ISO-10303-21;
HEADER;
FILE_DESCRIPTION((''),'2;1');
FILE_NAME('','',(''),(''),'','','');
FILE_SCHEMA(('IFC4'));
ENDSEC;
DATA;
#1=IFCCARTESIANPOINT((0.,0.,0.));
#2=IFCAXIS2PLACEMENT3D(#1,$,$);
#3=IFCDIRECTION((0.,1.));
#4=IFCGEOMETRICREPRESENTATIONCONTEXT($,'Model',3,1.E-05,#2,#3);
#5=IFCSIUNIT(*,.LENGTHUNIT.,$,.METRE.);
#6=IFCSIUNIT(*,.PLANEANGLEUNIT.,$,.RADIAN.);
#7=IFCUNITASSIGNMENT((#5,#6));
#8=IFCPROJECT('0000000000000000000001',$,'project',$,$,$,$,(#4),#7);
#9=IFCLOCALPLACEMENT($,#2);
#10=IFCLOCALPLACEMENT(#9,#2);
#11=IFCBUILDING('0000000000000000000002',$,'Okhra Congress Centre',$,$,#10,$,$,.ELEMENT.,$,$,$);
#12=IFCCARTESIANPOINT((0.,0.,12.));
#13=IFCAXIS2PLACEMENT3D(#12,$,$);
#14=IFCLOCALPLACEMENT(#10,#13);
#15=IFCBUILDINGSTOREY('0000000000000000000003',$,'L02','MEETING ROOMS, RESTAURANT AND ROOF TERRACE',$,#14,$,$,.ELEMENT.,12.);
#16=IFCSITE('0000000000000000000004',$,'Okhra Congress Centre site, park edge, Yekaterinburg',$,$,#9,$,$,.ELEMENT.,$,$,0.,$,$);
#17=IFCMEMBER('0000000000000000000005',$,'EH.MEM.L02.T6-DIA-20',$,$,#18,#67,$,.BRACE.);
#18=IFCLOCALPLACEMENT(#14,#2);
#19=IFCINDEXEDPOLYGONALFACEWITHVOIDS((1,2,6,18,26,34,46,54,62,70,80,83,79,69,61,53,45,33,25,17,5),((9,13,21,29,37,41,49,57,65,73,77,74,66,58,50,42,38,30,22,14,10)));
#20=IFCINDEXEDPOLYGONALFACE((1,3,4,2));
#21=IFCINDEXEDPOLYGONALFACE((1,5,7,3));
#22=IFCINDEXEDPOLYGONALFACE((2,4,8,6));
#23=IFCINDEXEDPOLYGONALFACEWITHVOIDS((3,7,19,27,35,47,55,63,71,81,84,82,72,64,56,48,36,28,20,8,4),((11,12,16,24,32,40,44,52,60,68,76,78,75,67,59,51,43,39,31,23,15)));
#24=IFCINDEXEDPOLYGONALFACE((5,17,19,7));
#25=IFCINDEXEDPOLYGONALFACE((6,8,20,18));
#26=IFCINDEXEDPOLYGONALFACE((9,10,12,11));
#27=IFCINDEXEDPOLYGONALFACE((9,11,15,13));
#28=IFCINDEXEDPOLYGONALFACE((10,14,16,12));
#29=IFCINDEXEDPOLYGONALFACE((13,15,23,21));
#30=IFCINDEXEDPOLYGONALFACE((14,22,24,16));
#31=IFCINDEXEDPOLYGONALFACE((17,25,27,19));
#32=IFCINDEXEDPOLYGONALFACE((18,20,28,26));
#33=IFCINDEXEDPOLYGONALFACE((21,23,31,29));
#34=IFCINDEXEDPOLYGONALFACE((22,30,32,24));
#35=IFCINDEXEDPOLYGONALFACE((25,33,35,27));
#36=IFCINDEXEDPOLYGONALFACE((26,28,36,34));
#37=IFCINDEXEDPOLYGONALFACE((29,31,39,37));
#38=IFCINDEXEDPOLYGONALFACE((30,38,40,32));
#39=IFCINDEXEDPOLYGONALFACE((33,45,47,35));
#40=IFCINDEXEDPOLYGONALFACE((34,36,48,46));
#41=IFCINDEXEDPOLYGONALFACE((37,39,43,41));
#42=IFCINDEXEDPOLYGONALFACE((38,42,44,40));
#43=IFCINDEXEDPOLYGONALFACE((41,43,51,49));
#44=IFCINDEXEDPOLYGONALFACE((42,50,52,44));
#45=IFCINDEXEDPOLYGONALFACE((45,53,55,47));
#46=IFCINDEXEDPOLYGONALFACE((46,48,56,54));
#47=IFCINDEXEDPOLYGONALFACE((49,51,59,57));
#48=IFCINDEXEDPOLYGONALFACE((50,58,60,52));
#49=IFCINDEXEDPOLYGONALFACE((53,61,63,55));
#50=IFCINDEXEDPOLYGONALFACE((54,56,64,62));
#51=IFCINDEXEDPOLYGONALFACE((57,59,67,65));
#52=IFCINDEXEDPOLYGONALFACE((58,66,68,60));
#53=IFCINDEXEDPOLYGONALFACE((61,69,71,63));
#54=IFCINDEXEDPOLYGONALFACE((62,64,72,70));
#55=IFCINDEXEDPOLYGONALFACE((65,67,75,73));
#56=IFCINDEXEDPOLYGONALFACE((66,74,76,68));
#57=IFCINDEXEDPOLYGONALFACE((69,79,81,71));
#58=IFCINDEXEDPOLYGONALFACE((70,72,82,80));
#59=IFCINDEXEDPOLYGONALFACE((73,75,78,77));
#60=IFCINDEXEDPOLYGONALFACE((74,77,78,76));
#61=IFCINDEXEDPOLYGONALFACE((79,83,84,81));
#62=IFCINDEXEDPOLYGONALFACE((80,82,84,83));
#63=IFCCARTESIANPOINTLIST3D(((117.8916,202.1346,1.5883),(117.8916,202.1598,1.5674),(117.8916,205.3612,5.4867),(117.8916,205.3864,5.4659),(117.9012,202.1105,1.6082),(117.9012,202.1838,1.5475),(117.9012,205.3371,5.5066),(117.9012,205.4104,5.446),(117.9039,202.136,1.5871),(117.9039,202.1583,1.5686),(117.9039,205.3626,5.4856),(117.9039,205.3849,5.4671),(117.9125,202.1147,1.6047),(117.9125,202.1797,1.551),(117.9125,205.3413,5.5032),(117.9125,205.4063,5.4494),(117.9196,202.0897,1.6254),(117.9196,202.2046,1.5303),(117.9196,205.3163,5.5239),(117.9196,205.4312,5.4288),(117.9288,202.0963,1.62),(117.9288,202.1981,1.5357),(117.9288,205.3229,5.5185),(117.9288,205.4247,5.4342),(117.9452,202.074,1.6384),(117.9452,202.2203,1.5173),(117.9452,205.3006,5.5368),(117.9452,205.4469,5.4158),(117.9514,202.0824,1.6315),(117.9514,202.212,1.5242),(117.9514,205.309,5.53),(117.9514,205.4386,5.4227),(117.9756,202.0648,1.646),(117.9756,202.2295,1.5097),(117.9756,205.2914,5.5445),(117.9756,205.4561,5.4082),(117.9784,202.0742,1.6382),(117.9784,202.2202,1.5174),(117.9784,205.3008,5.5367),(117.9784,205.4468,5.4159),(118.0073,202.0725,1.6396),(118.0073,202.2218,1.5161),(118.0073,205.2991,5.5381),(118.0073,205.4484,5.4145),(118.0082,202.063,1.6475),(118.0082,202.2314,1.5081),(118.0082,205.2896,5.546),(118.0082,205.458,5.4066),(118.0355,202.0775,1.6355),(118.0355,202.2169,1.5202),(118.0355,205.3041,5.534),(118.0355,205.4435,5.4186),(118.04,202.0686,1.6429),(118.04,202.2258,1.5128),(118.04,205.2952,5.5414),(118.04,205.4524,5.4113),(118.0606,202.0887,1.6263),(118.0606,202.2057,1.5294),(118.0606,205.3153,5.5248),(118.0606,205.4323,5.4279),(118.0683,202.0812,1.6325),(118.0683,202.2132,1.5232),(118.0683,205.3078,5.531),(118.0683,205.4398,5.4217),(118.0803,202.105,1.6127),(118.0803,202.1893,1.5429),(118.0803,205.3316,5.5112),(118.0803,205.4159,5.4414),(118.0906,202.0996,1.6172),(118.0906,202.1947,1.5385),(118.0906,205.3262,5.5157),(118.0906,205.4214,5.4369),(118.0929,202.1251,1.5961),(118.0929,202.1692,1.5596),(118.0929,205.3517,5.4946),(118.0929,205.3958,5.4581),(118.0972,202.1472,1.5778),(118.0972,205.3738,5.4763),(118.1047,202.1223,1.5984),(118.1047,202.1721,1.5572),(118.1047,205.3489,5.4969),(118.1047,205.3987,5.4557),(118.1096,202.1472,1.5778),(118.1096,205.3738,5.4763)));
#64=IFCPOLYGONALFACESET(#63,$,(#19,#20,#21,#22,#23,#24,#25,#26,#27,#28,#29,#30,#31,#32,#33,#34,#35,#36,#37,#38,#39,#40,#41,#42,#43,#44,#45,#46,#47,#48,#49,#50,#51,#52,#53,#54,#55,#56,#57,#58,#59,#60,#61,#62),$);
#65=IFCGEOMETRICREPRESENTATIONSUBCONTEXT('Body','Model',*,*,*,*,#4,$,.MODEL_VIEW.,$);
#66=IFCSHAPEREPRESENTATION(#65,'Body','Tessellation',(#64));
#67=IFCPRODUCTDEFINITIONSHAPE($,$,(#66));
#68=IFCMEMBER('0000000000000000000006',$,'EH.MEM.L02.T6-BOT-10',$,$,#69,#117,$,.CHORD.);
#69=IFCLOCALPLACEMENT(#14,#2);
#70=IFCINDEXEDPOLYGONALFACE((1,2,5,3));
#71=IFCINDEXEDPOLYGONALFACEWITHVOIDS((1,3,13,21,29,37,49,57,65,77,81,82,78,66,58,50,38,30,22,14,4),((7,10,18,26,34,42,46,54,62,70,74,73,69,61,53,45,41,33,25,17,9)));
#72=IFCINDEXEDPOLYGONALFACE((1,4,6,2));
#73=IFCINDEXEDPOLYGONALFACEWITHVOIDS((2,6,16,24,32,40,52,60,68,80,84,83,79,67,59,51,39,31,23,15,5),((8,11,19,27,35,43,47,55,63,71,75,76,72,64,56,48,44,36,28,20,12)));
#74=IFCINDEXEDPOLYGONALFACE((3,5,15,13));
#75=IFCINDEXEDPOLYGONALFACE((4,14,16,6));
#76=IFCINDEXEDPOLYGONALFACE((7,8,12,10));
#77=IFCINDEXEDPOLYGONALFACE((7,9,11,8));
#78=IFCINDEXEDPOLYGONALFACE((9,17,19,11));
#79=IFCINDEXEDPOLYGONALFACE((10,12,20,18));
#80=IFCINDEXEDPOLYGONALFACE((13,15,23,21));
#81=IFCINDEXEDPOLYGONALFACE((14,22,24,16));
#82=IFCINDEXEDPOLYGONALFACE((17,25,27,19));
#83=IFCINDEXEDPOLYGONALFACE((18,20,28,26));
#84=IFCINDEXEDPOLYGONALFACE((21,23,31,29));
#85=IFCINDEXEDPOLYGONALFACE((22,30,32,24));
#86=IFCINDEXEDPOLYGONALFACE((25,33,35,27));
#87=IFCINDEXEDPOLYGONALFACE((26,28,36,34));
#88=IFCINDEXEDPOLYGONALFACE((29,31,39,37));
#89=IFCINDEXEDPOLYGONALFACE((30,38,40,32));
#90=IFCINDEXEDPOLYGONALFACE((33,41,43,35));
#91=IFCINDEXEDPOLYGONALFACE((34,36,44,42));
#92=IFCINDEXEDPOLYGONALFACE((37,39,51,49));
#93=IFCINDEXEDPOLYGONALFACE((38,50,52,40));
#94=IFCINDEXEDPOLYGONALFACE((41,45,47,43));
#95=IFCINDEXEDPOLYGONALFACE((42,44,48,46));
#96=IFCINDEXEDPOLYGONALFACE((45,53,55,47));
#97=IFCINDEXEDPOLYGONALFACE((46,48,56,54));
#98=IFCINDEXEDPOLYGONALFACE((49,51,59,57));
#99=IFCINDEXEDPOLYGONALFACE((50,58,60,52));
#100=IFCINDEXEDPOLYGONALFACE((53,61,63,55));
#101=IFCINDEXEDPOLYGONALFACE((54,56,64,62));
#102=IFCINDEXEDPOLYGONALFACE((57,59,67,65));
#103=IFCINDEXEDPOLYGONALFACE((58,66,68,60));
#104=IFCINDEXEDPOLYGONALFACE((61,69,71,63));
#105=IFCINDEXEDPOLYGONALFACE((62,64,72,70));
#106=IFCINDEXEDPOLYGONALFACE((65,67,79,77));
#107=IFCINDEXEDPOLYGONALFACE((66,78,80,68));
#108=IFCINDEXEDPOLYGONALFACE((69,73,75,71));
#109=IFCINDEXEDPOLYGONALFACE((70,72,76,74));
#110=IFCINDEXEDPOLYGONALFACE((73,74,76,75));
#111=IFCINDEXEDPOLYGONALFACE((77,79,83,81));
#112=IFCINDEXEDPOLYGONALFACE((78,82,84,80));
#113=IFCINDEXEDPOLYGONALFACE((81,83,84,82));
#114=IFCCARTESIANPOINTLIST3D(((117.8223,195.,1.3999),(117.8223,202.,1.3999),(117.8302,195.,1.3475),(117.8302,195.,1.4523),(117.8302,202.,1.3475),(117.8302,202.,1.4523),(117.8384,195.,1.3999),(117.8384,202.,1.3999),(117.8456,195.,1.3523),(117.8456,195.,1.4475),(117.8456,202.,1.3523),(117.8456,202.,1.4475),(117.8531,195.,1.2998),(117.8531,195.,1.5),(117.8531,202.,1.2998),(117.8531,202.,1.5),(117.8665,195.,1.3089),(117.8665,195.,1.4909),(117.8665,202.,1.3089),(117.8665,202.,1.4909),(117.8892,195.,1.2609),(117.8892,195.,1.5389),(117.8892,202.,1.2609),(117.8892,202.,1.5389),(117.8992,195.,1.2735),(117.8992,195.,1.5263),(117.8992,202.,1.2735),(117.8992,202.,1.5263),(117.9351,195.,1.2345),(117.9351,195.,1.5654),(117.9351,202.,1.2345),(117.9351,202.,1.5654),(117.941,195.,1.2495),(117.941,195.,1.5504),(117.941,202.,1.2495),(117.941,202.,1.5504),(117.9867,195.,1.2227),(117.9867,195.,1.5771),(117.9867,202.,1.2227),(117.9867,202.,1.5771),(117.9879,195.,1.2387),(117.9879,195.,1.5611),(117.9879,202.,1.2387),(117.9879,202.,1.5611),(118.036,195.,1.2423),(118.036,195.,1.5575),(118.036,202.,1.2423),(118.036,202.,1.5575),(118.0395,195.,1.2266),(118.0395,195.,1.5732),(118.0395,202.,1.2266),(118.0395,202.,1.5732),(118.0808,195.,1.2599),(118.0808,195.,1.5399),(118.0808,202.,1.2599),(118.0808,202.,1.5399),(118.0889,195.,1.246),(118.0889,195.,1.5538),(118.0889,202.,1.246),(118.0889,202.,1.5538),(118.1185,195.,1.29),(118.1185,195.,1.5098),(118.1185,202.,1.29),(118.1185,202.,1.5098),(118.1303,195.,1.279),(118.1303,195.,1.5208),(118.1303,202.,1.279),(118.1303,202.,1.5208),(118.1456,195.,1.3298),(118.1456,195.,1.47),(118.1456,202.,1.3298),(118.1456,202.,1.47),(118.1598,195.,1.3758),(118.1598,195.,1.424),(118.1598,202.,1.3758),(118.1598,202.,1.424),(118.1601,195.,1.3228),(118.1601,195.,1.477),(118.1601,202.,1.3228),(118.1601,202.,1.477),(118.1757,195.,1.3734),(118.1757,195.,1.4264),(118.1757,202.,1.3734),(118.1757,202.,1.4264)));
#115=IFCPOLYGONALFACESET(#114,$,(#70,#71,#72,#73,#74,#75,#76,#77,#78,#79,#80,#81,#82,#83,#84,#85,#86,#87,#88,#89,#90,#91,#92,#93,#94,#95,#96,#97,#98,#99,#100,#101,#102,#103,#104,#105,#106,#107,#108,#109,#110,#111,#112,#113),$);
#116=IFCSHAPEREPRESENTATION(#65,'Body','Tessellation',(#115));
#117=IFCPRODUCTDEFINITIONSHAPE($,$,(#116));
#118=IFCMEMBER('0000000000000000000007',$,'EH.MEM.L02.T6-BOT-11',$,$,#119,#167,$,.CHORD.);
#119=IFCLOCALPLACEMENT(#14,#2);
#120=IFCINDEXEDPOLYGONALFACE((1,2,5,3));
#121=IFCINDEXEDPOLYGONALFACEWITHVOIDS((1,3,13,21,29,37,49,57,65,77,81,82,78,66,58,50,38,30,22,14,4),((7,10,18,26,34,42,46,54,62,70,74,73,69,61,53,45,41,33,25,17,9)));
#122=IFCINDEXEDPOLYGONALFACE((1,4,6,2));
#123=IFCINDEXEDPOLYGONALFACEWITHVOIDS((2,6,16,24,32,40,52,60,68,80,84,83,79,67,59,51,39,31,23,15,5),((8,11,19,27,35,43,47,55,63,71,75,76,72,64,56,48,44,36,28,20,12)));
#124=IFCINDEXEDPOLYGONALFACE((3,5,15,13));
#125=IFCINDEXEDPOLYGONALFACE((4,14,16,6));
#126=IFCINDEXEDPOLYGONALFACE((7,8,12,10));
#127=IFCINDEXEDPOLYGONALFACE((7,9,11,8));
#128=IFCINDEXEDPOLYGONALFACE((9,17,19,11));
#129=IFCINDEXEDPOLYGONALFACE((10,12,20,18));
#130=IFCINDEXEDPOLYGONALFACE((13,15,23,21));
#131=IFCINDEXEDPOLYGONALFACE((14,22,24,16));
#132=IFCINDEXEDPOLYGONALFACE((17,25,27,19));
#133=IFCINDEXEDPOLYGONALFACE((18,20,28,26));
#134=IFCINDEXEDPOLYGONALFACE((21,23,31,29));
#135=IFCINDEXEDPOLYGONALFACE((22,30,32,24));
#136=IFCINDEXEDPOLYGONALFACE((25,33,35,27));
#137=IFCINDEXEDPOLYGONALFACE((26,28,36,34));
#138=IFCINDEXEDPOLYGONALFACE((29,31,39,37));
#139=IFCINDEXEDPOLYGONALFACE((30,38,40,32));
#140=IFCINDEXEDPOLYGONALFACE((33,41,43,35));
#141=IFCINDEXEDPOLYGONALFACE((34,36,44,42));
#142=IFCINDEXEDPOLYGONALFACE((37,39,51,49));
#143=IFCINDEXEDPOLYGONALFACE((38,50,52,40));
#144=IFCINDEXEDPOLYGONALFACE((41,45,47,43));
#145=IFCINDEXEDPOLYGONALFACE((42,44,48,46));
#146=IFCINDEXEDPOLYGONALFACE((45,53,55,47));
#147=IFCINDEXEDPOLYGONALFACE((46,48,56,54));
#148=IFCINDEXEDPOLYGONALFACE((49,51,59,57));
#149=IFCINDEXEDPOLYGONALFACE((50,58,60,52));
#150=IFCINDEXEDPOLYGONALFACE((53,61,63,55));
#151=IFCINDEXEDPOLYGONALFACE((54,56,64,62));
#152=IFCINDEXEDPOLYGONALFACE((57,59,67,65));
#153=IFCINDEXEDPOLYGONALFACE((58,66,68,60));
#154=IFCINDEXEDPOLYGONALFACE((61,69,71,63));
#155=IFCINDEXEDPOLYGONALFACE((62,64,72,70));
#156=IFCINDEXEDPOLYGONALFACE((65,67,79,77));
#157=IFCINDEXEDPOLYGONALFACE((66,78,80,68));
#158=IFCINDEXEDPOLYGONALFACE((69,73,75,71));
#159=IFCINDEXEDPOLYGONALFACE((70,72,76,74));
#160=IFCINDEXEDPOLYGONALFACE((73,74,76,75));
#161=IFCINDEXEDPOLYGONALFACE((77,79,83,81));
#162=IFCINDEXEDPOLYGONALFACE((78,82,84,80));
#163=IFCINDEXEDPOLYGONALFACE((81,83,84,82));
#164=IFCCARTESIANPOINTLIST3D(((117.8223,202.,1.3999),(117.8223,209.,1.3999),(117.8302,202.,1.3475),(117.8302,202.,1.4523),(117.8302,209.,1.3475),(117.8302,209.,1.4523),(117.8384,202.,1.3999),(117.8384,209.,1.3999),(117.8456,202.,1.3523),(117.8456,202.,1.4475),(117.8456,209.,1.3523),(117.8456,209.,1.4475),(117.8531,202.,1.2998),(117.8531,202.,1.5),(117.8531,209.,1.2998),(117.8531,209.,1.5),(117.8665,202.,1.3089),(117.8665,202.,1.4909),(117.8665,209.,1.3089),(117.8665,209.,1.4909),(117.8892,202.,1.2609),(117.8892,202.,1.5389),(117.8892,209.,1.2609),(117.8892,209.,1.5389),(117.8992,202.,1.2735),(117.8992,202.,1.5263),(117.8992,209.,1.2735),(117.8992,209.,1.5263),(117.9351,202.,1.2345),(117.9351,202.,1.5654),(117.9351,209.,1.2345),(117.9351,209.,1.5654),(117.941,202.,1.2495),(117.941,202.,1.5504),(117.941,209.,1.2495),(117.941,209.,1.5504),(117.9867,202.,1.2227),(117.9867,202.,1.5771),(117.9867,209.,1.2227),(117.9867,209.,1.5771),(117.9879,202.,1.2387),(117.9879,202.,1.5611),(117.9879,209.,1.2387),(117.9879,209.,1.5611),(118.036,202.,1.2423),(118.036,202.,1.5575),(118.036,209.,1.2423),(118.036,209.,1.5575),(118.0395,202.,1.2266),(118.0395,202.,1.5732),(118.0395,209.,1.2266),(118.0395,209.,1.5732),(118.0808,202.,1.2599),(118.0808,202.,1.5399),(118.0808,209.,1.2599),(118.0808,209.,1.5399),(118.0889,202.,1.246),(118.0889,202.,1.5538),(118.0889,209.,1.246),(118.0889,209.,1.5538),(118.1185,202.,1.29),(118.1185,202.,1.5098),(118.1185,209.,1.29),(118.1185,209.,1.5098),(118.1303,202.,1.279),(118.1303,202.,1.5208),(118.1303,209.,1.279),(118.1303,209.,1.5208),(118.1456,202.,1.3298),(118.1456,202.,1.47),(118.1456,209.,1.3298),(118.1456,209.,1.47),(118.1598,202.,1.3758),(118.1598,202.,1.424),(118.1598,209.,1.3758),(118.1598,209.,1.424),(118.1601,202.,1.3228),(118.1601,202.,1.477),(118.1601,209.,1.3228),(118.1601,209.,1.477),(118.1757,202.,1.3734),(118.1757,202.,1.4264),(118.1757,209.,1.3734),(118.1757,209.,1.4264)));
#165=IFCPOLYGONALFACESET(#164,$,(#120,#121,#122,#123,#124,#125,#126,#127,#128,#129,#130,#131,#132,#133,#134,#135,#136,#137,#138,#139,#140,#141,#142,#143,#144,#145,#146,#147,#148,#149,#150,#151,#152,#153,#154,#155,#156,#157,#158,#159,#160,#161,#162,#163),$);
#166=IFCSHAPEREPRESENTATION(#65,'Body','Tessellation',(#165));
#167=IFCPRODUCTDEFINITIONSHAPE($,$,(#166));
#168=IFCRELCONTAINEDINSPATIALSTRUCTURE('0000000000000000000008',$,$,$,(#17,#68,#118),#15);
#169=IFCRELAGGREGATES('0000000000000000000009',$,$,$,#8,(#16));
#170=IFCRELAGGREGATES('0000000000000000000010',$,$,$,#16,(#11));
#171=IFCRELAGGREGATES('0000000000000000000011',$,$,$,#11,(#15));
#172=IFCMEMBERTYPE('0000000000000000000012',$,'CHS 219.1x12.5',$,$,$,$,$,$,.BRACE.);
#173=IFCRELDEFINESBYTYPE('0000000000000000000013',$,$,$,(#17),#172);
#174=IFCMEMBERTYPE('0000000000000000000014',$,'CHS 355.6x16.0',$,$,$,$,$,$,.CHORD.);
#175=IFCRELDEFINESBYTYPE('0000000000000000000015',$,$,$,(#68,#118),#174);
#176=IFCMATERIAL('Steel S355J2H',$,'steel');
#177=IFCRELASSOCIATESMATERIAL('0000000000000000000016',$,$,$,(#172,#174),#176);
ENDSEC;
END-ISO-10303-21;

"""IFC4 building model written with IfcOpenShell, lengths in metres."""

from ifc_helpers import new_model, si_unit, direction, frame, origin, origin_2d, place, context, subcontext, project, spatial, hollow_circle, extrude, material, material_profile, profile_set, type_object, element, save


model = new_model("IFC4")

# Units and contexts
model_context = context("Model", 3, precision=1e-05, world=origin(), true_north=direction((0.0, 1.0)))
body_context = subcontext(model_context, "Body", "Model", "MODEL_VIEW")
ifc_project = project(units=[si_unit("LENGTHUNIT", "METRE"), si_unit("PLANEANGLEUNIT", "RADIAN")], contexts=[model_context])

# Site, building, storey
site_placement = place(None, origin())
site = spatial("IfcSite", under=ifc_project, at=site_placement, Name="Okhra Congress Centre site, park edge, Yekaterinburg", CompositionType="ELEMENT", RefElevation=0.0)
building_placement = place(site_placement, origin())
building = spatial("IfcBuilding", under=site, at=building_placement, Name="Okhra Congress Centre", CompositionType="ELEMENT")
storey_placement = place(building_placement, frame((0.0, 0.0, 12.0)))
storey = spatial("IfcBuildingStorey", under=building, at=storey_placement, Name="L02", Description="MEETING ROOMS, RESTAURANT AND ROOF TERRACE", CompositionType="ELEMENT", Elevation=12.0)

# Members
ifc_material_1 = material(Name="Steel S355J2H", Category="steel")
ifc_material_profile_1 = material_profile(ifc_material_1, hollow_circle(Radius=0.1096, WallThickness=0.0125, at=origin_2d()), Name="CHS 219.1x12.5")
ifc_profile_set_1 = profile_set([ifc_material_profile_1], Name="Steel S355J2H")
member_type_1 = type_object("IfcMemberType", Name="CHS 219.1x12.5", PredefinedType="BRACE", material=ifc_profile_set_1)
member_1_placement = place(storey_placement, frame((118.0, 205.3738, 5.4763), z_axis=(0.0, -0.637599, -0.770368), x_axis=(1.0, 0.0, 0.0)))
element("IfcMember", 1, at=member_1_placement, inside=storey, type_object=member_type_1, Name="EH.MEM.L02.T6-DIA-20", PredefinedType="BRACE", context=body_context, shape_type="SweptSolid", body=[
    extrude(hollow_circle(Radius=0.1096, WallThickness=0.0125, at=origin_2d()), origin(), (0.0, 0.0, 1.0), 5.0605),
])
ifc_material_profile_2 = material_profile(ifc_material_1, hollow_circle(Radius=0.1777, WallThickness=0.0161, at=origin_2d()), Name="CHS 355.6x16.0")
ifc_profile_set_2 = profile_set([ifc_material_profile_2], Name="Steel S355J2H")
member_type_2 = type_object("IfcMemberType", Name="CHS 355.6x16.0", PredefinedType="CHORD", material=ifc_profile_set_2)
for number, where, z_axis, x_axis, name in (
    (2, (118.0, 195.0, 1.3999), (0.0, 1.0, 0.0), (-1.0, 0.0, 0.0), "EH.MEM.L02.T6-BOT-10"),
    (3, (118.0, 202.0, 1.3999), (0.0, 1.0, 0.0), (-1.0, 0.0, 0.0), "EH.MEM.L02.T6-BOT-11"),
):
    element("IfcMember", number, at=place(storey_placement, frame(where, z_axis=z_axis, x_axis=x_axis)), inside=storey, type_object=member_type_2, Name=name, PredefinedType="CHORD", context=body_context, shape_type="SweptSolid", body=[
        extrude(hollow_circle(Radius=0.1777, WallThickness=0.0161, at=origin_2d()), origin(), (0.0, 0.0, 1.0), 7.0),
    ])

save(model, "model.ifc")
